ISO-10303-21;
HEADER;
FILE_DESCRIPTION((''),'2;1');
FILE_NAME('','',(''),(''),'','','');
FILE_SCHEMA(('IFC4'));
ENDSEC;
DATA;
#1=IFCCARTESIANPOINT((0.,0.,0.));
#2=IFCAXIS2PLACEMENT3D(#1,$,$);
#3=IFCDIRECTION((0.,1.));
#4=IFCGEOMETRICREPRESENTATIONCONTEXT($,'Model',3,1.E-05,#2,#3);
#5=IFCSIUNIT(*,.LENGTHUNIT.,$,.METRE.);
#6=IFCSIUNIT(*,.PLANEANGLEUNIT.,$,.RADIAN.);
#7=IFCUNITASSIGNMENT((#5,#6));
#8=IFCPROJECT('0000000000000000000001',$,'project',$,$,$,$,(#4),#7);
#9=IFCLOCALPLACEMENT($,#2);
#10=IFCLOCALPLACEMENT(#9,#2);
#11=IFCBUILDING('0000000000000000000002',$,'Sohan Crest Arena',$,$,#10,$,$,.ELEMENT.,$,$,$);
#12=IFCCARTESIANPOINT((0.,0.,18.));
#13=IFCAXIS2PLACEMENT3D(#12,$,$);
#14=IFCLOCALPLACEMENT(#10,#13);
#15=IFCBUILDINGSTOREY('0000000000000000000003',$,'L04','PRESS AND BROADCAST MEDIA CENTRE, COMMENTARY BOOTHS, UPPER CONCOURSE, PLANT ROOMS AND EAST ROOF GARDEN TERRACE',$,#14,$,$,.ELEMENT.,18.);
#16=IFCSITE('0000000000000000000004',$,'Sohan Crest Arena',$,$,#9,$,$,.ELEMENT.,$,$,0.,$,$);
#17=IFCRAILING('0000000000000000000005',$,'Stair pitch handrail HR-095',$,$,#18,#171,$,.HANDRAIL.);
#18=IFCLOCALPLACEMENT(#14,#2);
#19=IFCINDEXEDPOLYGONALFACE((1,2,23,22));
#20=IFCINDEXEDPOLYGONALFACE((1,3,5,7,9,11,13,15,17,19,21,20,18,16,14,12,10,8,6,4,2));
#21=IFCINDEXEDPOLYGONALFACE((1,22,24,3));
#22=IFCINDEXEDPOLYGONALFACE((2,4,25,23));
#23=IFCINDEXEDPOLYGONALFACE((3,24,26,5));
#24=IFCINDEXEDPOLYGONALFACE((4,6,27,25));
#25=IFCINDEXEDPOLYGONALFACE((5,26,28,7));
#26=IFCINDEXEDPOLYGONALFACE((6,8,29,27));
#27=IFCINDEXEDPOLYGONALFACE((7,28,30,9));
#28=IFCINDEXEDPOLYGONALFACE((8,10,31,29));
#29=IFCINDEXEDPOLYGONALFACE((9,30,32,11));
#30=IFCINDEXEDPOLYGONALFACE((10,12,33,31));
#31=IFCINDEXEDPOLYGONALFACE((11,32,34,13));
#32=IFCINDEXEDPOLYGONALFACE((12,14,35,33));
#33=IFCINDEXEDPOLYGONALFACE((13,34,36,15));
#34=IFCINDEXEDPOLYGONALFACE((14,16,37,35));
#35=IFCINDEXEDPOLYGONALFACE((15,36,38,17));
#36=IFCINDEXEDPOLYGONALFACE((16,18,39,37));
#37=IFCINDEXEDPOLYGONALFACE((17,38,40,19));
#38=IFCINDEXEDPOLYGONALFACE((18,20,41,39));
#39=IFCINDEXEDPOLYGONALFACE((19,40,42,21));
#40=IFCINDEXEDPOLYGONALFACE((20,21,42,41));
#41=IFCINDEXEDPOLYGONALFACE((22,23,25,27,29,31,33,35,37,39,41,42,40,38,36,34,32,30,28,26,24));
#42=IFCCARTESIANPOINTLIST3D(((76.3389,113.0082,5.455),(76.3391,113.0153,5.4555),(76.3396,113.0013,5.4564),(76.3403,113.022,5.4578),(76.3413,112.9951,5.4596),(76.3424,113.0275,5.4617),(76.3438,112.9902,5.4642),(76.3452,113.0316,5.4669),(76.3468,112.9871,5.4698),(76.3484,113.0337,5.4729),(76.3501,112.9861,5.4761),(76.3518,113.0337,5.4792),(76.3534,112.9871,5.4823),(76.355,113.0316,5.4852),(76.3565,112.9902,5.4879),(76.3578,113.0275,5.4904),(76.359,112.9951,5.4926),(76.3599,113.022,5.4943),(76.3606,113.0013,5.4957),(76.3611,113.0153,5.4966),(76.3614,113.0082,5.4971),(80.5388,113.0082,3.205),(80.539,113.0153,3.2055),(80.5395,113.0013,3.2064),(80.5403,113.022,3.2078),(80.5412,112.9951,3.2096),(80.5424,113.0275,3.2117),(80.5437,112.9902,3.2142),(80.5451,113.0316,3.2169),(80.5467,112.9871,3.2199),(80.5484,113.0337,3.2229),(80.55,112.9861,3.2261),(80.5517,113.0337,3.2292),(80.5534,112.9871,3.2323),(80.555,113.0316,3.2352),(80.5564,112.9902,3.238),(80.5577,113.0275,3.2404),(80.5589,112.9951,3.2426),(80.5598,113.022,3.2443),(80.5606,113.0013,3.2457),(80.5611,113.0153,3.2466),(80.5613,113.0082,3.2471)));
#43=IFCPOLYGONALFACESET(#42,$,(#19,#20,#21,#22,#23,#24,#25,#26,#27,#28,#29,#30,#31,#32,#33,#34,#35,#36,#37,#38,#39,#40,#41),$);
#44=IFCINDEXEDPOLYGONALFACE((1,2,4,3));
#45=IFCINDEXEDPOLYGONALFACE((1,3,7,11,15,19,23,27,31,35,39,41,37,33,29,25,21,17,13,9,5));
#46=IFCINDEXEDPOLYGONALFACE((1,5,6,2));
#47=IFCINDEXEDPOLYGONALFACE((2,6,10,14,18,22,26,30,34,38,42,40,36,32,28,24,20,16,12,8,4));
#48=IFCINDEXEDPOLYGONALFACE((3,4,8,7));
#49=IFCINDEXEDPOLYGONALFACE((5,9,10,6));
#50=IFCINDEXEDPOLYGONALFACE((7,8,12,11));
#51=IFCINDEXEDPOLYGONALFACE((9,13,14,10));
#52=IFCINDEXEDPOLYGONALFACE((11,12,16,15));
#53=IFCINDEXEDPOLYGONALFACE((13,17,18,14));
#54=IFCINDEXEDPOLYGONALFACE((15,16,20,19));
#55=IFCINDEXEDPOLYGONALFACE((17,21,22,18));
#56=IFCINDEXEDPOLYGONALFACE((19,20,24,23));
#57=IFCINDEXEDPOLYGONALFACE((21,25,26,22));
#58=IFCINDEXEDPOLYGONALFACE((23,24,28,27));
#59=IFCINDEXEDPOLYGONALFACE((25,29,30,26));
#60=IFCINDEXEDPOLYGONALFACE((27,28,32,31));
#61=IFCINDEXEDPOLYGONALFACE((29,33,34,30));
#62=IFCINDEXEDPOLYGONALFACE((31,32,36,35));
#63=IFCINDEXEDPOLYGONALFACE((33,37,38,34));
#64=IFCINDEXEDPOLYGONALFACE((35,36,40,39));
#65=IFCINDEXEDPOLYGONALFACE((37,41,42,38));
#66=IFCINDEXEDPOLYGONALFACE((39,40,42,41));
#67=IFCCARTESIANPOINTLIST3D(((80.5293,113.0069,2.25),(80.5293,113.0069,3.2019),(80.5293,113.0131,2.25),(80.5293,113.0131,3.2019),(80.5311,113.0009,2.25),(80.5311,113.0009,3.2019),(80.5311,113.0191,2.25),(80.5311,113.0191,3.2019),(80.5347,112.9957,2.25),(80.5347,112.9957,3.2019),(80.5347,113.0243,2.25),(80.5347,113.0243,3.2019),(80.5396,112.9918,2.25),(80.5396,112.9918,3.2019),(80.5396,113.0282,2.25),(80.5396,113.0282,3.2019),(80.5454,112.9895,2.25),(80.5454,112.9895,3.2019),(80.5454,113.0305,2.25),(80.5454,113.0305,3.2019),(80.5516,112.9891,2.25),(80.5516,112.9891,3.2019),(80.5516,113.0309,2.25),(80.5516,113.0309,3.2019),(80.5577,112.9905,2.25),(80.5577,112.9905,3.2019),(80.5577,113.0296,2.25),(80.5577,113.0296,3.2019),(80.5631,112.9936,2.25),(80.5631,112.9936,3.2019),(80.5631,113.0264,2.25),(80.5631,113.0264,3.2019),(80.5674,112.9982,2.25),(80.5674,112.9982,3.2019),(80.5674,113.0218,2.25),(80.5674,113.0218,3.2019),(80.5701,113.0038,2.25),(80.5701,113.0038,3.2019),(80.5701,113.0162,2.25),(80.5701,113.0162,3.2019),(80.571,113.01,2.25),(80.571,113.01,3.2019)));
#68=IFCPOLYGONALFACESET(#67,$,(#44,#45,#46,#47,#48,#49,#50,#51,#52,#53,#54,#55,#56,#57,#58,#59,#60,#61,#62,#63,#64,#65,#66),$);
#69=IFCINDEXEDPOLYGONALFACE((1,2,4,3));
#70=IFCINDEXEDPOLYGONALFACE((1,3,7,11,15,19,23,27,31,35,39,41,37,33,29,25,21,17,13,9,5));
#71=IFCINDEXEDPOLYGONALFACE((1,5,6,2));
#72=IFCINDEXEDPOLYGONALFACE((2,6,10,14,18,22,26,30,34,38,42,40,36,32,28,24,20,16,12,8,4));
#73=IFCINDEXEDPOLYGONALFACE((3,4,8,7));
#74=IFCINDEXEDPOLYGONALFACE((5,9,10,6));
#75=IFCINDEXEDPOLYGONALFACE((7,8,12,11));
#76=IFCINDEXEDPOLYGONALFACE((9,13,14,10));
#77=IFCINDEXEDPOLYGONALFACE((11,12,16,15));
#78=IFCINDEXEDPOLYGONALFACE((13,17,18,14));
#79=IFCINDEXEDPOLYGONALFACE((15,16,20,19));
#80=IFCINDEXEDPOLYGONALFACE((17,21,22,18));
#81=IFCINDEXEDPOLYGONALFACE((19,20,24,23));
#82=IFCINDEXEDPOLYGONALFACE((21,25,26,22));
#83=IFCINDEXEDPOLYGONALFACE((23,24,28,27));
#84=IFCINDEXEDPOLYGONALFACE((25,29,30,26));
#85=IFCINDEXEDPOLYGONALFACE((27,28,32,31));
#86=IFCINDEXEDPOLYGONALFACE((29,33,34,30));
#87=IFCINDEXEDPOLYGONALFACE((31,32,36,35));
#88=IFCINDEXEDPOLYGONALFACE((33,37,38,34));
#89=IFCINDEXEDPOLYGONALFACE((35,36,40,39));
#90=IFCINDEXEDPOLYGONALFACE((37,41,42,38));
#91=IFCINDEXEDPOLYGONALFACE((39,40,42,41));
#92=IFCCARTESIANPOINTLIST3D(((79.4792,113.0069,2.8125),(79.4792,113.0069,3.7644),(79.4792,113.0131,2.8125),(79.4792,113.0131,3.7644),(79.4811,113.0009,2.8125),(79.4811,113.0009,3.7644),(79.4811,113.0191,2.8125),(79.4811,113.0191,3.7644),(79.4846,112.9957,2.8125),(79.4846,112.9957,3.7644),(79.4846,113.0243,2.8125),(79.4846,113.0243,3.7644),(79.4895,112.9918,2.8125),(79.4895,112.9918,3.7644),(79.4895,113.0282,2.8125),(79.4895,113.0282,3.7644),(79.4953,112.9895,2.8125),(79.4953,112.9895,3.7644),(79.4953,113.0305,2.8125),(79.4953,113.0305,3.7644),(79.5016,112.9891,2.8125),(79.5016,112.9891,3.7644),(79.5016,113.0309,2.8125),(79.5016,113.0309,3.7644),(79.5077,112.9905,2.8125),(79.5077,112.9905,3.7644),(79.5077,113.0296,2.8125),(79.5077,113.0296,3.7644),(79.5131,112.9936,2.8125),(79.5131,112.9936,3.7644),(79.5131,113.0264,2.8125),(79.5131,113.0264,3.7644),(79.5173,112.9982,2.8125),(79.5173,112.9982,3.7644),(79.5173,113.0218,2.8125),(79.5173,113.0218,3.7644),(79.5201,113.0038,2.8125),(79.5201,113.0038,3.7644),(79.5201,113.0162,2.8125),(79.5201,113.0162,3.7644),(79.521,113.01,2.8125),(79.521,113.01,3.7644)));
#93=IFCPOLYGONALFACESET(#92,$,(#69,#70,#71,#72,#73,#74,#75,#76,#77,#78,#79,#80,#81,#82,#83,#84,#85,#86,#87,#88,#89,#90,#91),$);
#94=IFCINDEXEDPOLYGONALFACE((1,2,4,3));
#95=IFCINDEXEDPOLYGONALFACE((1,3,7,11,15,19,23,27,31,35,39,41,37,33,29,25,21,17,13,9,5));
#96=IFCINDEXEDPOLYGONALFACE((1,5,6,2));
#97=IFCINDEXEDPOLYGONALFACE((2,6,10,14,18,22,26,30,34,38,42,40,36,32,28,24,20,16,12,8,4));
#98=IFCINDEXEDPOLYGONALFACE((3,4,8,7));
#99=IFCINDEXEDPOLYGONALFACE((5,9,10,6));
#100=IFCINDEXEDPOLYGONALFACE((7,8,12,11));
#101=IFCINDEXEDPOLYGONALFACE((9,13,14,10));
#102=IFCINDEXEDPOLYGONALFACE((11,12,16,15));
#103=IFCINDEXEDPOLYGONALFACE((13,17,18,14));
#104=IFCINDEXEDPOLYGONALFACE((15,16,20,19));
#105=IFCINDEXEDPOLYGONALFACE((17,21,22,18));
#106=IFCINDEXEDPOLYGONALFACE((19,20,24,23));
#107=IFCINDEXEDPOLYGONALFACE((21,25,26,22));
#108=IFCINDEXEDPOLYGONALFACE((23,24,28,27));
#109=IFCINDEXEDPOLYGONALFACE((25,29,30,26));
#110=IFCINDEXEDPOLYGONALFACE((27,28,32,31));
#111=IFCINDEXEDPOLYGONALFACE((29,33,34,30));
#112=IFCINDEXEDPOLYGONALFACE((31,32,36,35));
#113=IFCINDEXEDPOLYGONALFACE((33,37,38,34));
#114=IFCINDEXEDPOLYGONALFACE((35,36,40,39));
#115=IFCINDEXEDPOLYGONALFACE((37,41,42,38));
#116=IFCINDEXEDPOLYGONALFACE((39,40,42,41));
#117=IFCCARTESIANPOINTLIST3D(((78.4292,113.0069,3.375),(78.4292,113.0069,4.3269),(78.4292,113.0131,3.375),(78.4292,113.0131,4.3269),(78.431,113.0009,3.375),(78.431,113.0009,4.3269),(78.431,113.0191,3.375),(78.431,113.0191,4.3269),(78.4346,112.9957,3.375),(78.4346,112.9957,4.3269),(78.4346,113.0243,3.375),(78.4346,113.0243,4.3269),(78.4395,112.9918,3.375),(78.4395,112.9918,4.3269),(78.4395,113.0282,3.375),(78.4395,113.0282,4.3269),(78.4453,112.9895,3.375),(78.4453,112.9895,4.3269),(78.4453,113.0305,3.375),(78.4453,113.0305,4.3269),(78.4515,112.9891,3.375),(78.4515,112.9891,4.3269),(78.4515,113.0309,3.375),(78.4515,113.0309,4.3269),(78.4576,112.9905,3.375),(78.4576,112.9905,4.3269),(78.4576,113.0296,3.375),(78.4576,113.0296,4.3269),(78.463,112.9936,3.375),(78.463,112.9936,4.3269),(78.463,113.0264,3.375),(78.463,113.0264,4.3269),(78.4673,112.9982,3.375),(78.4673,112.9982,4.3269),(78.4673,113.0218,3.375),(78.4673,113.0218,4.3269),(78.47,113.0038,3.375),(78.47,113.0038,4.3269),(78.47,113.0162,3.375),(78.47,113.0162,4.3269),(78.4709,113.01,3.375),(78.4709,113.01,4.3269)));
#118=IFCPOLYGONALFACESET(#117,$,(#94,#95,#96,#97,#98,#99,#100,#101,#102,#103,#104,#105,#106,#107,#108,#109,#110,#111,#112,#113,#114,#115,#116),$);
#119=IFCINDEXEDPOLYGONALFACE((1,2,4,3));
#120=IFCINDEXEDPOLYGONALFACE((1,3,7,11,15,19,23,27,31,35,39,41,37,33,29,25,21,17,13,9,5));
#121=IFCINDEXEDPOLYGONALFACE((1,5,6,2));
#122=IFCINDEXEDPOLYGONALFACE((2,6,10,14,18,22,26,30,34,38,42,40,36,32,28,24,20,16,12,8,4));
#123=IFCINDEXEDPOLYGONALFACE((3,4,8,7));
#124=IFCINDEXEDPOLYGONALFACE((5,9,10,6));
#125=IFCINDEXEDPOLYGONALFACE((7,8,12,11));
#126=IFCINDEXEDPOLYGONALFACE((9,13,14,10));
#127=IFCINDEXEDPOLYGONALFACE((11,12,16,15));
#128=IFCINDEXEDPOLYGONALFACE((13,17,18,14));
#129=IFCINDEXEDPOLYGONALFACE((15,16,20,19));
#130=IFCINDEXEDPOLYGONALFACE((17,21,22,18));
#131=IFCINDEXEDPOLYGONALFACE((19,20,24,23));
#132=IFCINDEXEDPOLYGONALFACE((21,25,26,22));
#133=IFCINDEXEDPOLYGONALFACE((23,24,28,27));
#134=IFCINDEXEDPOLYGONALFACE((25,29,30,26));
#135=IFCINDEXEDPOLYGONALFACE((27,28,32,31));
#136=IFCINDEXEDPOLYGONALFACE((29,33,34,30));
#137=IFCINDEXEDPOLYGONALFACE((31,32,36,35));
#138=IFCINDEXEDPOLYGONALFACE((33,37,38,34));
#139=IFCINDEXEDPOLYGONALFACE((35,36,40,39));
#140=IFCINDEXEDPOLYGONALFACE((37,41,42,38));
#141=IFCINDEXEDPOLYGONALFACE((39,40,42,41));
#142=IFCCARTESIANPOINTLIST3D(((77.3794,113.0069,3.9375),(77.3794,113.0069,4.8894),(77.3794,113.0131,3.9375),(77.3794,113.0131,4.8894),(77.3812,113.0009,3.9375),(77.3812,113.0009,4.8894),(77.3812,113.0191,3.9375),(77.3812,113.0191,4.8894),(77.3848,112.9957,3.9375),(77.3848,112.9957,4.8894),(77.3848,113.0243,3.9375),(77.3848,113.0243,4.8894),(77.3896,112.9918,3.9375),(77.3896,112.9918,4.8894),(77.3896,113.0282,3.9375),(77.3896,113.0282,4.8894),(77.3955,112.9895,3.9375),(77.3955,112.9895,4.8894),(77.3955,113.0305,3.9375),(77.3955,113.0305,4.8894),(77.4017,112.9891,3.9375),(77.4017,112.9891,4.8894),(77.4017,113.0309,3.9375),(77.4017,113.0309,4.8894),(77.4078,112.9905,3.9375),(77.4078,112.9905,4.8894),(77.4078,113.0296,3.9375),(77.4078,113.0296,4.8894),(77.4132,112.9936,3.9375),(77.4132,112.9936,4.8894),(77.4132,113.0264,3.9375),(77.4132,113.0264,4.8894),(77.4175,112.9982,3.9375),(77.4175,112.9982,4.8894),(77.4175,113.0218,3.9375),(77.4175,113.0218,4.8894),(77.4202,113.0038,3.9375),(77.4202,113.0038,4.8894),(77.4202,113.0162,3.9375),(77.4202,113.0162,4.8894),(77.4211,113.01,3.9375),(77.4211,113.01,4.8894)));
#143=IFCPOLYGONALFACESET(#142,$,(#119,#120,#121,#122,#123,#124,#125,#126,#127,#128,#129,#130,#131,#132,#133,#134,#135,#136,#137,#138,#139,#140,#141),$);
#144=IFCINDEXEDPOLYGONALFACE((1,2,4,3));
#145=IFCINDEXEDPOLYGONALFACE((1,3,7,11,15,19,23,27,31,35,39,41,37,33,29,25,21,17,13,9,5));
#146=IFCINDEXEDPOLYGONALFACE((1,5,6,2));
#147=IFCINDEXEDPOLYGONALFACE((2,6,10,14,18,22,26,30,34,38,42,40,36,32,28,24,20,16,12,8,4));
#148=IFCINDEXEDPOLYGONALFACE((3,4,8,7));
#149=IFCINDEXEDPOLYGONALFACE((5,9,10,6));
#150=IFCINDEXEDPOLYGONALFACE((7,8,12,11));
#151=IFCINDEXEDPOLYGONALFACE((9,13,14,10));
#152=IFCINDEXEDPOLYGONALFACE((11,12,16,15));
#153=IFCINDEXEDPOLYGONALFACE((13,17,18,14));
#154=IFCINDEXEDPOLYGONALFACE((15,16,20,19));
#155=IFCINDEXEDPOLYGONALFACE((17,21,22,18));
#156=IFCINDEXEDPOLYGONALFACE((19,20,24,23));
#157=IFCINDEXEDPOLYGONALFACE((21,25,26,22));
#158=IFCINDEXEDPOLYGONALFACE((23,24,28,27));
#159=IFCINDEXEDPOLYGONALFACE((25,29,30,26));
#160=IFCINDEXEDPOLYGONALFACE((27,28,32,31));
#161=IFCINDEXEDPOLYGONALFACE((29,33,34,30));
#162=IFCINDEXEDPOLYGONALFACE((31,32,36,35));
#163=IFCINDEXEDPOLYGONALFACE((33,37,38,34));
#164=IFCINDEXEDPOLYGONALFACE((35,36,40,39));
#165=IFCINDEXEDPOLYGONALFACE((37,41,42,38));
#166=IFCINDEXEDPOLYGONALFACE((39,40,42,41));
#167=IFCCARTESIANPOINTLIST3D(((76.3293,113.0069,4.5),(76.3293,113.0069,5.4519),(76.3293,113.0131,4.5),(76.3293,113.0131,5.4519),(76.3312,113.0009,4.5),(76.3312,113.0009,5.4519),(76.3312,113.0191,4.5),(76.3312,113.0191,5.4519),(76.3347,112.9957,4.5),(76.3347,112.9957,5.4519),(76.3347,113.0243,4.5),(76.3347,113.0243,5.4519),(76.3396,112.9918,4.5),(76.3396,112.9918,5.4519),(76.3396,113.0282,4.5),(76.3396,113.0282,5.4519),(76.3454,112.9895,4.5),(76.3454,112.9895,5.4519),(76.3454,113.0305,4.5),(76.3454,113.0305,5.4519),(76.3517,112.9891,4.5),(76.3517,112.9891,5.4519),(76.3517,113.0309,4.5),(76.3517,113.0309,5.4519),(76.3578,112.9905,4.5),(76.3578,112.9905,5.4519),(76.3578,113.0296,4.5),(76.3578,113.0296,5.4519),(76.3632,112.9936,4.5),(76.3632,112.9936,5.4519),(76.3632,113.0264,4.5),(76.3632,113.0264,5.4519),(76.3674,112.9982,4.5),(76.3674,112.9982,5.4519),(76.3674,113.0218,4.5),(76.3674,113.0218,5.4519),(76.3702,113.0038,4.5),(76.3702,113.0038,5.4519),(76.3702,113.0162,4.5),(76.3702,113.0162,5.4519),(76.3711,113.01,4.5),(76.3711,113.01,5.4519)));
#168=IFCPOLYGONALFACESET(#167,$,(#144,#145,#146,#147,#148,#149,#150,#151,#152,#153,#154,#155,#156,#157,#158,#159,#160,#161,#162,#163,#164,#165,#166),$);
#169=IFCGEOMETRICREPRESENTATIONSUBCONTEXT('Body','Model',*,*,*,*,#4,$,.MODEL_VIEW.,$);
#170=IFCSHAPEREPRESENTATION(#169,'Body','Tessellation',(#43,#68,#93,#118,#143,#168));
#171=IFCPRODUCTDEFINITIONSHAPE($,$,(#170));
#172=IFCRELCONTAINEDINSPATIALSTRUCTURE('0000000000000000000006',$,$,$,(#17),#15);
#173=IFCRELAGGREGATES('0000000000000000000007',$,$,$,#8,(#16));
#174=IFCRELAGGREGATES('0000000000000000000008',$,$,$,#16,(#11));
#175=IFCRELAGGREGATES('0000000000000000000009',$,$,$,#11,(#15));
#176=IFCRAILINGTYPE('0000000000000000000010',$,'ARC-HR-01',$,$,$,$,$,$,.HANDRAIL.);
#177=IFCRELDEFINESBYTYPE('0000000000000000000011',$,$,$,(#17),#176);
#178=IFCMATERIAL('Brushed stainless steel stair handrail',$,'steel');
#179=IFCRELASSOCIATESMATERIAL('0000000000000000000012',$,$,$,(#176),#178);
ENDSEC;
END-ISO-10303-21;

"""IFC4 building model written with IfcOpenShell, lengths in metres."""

from ifc_helpers import new_model, si_unit, direction, frame, origin, origin_2d, place, context, subcontext, project, spatial, circle, extrude, material, type_object, element, save


model = new_model("IFC4")

# Units and contexts
model_context = context("Model", 3, precision=1e-05, world=origin(), true_north=direction((0.0, 1.0)))
body_context = subcontext(model_context, "Body", "Model", "MODEL_VIEW")
ifc_project = project(units=[si_unit("LENGTHUNIT", "METRE"), si_unit("PLANEANGLEUNIT", "RADIAN")], contexts=[model_context])

# Site, building, storey
site_placement = place(None, origin())
site = spatial("IfcSite", under=ifc_project, at=site_placement, Name="Sohan Crest Arena", CompositionType="ELEMENT", RefElevation=0.0)
building_placement = place(site_placement, origin())
building = spatial("IfcBuilding", under=site, at=building_placement, Name="Sohan Crest Arena", CompositionType="ELEMENT")
storey_placement = place(building_placement, frame((0.0, 0.0, 18.0)))
storey = spatial("IfcBuildingStorey", under=building, at=storey_placement, Name="L04", Description="PRESS AND BROADCAST MEDIA CENTRE, COMMENTARY BOOTHS, UPPER CONCOURSE, PLANT ROOMS AND EAST ROOF GARDEN TERRACE", CompositionType="ELEMENT", Elevation=18.0)

# Railing
ifc_material_1 = material(Name="Brushed stainless steel stair handrail", Category="steel")
railing_type_1 = type_object("IfcRailingType", Name="ARC-HR-01", PredefinedType="HANDRAIL", material=ifc_material_1)
railing_1_placement = place(storey_placement, frame((80.55, 113.01, 2.25)))
element("IfcRailing", 1, at=railing_1_placement, inside=storey, type_object=railing_type_1, Name="Stair pitch handrail HR-095", PredefinedType="HANDRAIL", context=body_context, shape_type="SweptSolid", body=[
    extrude(circle(Radius=0.0239, at=origin_2d()), frame((0.0, 0.0, 0.9761), z_axis=(-0.881478, 0.0, 0.472226), x_axis=(0.0, -1.0, 0.0)), (0.0, 0.0, 1.0), 4.7646),
    extrude(circle(Radius=0.021, at=origin_2d()), origin(), (0.0, 0.0, 1.0), 0.9519),
    extrude(circle(Radius=0.021, at=origin_2d()), frame((-1.05, 0.0, 0.5625)), (0.0, 0.0, 1.0), 0.9519),
    extrude(circle(Radius=0.021, at=origin_2d()), frame((-2.1001, 0.0, 1.125)), (0.0, 0.0, 1.0), 0.9519),
    extrude(circle(Radius=0.021, at=origin_2d()), frame((-3.1499, 0.0, 1.6875)), (0.0, 0.0, 1.0), 0.9519),
    extrude(circle(Radius=0.021, at=origin_2d()), frame((-4.2, 0.0, 2.25)), (0.0, 0.0, 1.0), 0.9519),
])

save(model, "model.ifc")
